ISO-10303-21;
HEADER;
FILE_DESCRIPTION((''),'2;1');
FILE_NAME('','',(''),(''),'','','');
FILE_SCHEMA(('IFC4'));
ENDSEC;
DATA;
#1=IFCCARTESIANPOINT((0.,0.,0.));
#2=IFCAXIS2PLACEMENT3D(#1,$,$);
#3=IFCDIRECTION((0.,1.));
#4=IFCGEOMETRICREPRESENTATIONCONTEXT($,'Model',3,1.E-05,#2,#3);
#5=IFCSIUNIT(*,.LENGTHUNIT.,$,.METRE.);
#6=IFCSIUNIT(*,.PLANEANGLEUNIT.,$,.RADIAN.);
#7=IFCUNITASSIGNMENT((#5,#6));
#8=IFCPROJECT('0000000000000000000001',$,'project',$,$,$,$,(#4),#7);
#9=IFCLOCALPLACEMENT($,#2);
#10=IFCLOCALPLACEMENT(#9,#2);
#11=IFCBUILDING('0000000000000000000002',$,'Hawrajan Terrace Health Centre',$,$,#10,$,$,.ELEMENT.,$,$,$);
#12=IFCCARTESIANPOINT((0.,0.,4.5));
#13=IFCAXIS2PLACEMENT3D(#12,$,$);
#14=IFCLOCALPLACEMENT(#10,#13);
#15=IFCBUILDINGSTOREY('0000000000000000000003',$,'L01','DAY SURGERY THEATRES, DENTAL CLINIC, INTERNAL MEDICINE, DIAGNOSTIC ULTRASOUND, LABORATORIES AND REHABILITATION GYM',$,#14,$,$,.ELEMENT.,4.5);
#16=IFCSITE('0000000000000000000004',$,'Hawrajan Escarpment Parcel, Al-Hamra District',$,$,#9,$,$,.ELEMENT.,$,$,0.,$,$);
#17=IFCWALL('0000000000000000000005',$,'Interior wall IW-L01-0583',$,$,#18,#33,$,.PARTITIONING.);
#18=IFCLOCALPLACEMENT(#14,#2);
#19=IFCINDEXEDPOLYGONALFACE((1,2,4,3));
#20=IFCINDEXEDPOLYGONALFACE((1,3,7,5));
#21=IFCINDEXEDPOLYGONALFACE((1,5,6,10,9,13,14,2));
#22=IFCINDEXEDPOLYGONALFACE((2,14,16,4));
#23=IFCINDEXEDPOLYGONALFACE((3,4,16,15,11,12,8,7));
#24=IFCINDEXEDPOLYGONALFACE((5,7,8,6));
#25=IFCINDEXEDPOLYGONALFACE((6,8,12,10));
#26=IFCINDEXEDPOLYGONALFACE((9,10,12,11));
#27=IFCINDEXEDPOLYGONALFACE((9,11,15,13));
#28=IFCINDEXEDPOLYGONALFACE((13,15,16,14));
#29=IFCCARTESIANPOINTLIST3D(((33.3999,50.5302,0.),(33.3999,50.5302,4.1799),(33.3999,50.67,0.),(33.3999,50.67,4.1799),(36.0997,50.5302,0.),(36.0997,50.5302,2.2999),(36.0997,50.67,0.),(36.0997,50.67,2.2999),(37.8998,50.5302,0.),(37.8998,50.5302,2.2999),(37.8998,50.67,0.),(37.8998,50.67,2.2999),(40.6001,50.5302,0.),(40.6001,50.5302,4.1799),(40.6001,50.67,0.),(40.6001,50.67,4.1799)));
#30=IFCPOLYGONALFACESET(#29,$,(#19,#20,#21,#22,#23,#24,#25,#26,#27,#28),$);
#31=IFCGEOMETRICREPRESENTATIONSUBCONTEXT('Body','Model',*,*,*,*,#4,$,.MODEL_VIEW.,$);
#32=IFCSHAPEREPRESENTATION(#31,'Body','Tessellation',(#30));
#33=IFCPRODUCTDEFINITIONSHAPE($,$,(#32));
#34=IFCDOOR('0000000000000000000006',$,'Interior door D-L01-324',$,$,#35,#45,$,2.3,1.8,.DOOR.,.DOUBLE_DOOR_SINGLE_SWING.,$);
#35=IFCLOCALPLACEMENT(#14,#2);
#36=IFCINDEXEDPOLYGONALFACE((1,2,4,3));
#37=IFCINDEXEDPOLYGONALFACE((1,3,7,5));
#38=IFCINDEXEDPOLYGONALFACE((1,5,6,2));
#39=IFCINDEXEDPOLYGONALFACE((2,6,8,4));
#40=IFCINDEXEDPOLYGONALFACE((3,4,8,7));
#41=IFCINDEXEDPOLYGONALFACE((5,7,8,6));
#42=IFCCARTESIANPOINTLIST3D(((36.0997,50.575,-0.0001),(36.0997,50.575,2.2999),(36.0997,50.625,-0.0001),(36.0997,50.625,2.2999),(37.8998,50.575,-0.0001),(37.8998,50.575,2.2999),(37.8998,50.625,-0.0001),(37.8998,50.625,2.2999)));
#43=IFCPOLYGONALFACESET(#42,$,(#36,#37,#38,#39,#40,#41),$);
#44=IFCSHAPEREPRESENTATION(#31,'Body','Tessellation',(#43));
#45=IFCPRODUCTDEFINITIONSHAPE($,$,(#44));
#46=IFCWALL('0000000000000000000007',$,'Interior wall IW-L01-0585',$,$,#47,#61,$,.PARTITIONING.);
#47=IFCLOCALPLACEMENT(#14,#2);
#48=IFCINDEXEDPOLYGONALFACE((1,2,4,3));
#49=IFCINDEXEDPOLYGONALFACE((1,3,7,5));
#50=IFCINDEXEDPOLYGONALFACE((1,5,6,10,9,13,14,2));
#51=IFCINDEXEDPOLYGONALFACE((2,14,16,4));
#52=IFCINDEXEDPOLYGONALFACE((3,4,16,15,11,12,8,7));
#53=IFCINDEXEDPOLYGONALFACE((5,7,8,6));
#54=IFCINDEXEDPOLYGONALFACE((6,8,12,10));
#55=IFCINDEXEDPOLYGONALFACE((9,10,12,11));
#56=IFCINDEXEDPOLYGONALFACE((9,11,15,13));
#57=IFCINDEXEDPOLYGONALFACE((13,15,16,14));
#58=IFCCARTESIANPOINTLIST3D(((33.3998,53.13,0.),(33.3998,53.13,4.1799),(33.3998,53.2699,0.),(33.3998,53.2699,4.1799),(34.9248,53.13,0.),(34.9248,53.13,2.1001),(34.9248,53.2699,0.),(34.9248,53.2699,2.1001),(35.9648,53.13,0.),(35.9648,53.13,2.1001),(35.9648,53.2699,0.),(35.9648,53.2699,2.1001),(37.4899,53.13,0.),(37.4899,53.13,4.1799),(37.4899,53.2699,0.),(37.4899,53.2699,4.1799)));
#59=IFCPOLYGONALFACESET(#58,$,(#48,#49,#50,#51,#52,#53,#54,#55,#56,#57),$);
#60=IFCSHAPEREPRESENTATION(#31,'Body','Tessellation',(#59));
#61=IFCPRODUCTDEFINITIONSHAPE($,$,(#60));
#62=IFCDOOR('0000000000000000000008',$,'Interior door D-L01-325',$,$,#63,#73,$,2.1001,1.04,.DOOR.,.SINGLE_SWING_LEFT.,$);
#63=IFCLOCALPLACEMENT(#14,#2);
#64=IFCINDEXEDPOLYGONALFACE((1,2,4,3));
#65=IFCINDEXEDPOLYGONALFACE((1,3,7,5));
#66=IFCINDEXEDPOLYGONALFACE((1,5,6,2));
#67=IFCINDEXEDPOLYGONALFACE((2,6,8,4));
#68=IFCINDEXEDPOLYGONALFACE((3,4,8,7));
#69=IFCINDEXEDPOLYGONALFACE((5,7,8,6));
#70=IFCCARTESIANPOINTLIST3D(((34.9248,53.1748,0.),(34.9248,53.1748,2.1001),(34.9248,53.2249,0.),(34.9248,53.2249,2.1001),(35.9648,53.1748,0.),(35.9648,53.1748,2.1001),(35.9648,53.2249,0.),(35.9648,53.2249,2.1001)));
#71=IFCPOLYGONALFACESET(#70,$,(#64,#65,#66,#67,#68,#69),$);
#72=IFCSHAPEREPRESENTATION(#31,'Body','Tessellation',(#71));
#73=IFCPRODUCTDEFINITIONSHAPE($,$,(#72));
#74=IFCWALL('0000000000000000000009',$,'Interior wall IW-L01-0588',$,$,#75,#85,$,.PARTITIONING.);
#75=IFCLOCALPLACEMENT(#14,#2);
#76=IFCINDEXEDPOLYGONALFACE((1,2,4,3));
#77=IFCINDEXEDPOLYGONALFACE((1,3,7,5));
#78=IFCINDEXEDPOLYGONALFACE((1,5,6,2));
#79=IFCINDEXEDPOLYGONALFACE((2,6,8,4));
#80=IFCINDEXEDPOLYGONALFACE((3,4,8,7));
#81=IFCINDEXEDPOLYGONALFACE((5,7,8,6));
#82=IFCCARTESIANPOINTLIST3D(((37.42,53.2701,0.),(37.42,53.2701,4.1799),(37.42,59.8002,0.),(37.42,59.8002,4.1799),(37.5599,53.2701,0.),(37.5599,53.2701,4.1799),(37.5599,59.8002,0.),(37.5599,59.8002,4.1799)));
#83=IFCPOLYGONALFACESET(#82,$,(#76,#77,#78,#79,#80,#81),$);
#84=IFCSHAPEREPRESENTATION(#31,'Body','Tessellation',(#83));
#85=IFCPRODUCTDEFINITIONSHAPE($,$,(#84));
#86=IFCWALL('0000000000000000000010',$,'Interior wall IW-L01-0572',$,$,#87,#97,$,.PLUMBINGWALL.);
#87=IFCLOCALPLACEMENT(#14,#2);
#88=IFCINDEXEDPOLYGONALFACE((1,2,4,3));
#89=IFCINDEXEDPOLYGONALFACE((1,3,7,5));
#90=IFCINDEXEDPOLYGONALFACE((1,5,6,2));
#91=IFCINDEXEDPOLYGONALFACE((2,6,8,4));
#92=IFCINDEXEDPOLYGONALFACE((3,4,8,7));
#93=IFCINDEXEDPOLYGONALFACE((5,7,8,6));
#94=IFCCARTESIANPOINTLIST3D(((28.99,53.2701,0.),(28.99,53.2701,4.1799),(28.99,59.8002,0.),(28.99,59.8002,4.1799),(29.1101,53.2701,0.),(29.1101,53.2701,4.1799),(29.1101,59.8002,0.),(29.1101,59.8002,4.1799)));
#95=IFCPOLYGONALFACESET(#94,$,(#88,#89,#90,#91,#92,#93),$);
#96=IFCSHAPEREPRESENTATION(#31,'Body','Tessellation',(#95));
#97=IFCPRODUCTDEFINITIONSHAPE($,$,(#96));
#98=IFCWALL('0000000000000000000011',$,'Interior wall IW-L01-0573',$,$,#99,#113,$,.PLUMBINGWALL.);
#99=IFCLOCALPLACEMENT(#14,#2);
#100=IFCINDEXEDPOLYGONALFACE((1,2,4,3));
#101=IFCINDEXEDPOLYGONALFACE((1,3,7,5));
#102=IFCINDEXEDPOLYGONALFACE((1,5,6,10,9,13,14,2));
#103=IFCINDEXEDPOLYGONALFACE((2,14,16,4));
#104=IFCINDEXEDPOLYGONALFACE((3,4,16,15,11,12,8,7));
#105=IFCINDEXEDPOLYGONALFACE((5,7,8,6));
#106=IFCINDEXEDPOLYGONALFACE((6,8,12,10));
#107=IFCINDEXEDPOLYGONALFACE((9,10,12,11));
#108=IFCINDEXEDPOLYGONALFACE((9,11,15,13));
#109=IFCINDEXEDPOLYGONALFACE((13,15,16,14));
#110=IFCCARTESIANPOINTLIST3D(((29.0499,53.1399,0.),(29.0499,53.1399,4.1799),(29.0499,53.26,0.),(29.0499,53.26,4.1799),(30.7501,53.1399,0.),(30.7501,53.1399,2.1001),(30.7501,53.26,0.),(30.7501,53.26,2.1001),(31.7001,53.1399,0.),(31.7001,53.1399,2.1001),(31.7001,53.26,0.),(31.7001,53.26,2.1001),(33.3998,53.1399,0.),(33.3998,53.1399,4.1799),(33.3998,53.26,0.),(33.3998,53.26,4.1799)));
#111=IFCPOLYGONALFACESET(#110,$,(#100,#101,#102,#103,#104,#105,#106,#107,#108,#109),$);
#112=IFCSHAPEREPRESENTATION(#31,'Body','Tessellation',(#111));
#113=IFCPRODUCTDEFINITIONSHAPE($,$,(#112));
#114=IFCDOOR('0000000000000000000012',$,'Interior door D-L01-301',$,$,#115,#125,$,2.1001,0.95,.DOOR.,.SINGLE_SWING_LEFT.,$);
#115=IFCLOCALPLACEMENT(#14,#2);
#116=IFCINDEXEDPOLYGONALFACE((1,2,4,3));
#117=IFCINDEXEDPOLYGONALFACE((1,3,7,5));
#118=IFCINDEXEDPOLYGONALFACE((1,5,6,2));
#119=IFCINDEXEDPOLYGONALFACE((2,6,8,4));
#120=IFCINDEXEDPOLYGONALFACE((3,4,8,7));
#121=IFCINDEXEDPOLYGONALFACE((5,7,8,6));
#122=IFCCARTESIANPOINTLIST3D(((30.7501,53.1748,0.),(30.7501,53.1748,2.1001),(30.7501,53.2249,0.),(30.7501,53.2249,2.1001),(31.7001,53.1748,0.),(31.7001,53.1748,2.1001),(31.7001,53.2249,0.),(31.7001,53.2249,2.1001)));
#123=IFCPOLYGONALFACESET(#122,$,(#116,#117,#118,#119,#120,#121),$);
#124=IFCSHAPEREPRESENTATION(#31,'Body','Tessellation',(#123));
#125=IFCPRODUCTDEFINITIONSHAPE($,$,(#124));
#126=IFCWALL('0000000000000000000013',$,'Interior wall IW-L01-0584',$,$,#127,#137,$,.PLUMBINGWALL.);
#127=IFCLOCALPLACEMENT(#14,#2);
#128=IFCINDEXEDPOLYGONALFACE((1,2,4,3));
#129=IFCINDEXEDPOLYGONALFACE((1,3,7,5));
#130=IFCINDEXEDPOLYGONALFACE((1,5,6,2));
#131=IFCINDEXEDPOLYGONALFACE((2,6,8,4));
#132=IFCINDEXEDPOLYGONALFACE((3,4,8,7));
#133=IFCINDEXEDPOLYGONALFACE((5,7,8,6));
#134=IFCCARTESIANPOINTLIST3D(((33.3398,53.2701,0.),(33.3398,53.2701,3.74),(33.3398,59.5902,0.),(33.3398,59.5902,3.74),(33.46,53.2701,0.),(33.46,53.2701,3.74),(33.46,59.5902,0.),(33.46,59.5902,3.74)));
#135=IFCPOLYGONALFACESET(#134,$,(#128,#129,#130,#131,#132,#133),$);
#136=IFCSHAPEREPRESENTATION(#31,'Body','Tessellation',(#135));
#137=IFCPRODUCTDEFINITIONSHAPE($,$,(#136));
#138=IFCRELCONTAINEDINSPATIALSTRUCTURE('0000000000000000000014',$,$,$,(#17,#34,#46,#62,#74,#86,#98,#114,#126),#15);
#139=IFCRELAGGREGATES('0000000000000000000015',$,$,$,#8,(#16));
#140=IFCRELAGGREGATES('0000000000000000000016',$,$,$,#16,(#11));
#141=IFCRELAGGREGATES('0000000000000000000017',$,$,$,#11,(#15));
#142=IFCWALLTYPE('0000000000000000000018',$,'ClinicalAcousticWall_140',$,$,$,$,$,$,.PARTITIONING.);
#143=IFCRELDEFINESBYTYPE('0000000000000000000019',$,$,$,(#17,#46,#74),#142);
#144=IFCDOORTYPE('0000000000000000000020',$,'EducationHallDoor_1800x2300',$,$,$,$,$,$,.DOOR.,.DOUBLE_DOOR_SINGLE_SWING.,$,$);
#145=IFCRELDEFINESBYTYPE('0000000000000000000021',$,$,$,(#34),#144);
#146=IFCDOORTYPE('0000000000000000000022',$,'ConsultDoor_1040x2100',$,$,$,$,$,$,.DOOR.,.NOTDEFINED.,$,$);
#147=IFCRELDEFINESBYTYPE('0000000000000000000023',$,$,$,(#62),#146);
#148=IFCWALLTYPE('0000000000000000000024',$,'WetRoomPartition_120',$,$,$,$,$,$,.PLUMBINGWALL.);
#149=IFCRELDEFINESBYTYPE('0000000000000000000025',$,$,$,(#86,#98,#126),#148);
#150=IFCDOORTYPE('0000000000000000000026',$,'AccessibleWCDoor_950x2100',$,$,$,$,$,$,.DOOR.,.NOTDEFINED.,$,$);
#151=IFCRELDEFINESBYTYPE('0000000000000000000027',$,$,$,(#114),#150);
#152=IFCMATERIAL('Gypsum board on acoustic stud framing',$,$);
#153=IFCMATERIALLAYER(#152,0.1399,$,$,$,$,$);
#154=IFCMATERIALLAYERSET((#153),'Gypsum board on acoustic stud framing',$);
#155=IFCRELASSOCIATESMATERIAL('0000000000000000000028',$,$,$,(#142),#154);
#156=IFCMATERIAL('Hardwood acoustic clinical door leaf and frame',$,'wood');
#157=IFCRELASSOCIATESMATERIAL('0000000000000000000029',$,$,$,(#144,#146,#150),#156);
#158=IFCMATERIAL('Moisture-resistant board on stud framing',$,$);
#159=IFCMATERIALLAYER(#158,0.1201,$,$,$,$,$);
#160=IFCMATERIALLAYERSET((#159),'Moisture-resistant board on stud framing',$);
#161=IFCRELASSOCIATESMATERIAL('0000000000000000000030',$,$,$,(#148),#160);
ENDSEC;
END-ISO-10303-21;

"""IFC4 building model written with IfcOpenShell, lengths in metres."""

from ifc_helpers import new_model, si_unit, direction, frame, frame_2d, origin, place, context, subcontext, project, spatial, rectangle, extrude, material, layer, layer_set, type_object, element, fill, save


model = new_model("IFC4")

# Units and contexts
model_context = context("Model", 3, precision=1e-05, world=origin(), true_north=direction((0.0, 1.0)))
body_context = subcontext(model_context, "Body", "Model", "MODEL_VIEW")
ifc_project = project(units=[si_unit("LENGTHUNIT", "METRE"), si_unit("PLANEANGLEUNIT", "RADIAN")], contexts=[model_context])

# Site, building, storey
site_placement = place(None, origin())
site = spatial("IfcSite", under=ifc_project, at=site_placement, Name="Hawrajan Escarpment Parcel, Al-Hamra District", CompositionType="ELEMENT", RefElevation=0.0)
building_placement = place(site_placement, origin())
building = spatial("IfcBuilding", under=site, at=building_placement, Name="Hawrajan Terrace Health Centre", CompositionType="ELEMENT")
storey_placement = place(building_placement, frame((0.0, 0.0, 4.5)))
storey = spatial("IfcBuildingStorey", under=building, at=storey_placement, Name="L01", Description="DAY SURGERY THEATRES, DENTAL CLINIC, INTERNAL MEDICINE, DIAGNOSTIC ULTRASOUND, LABORATORIES AND REHABILITATION GYM", CompositionType="ELEMENT", Elevation=4.5)

# Shared definitions
ifc_material_1 = material(Name="Gypsum board on acoustic stud framing")
ifc_layer_1 = layer(ifc_material_1, 0.1399)
ifc_layer_set_1 = layer_set([ifc_layer_1], Name="Gypsum board on acoustic stud framing")
wall_type_1 = type_object("IfcWallType", Name="ClinicalAcousticWall_140", PredefinedType="PARTITIONING", material=ifc_layer_set_1)
ifc_material_2 = material(Name="Hardwood acoustic clinical door leaf and frame", Category="wood")

# Walls, openings, doors
wall_1_placement = place(storey_placement, frame((33.3999, 50.6001, 0.0), z_axis=(0.0, 0.0, 1.0), x_axis=(1.0, 0.0, 0.0)))
wall_1 = element("IfcWall", 1, at=wall_1_placement, inside=storey, type_object=wall_type_1, Name="Interior wall IW-L01-0583", PredefinedType="PARTITIONING", context=body_context, shape_type="SweptSolid", body=[
    extrude(rectangle(XDim=7.2002, YDim=0.1399, at=frame_2d((3.6001, 0.0))), origin(), (0.0, 0.0, 1.0), 4.1799),
])
opening_1_placement = place(wall_1_placement, frame((2.7, 0.0, 0.0)))
opening_1 = element("IfcOpeningElement", 2, at=opening_1_placement, cuts=wall_1, PredefinedType="OPENING", context=body_context, shape_type="SweptSolid", body=[
    extrude(rectangle(XDim=1.8, YDim=2.3, at=frame_2d((0.8999, 1.1499))), frame((0.0, 0.0798, 0.0), z_axis=(0.0, -1.0, 0.0), x_axis=(1.0, 0.0, 0.0)), (0.0, 0.0, 1.0), 0.1599),
])
door_type_1 = type_object("IfcDoorType", Name="EducationHallDoor_1800x2300", OperationType="DOUBLE_DOOR_SINGLE_SWING", PredefinedType="DOOR", material=ifc_material_2)
door_1_placement = place(opening_1_placement, origin())
door_1 = element("IfcDoor", 3, at=door_1_placement, inside=storey, type_object=door_type_1, Name="Interior door D-L01-324", OperationType="DOUBLE_DOOR_SINGLE_SWING", OverallHeight=2.3, OverallWidth=1.8, PredefinedType="DOOR", context=body_context, shape_type="SweptSolid", body=[
    extrude(rectangle(XDim=1.8, YDim=2.3, at=frame_2d((0.8999, 1.1499))), frame((0.0, 0.0249, 0.0), z_axis=(0.0, -1.0, 0.0), x_axis=(1.0, 0.0, 0.0)), (0.0, 0.0, 1.0), 0.05),
])
fill(opening_1, door_1)
wall_2_placement = place(storey_placement, frame((33.3999, 53.2, 0.0), z_axis=(0.0, 0.0, 1.0), x_axis=(1.0, 0.0, 0.0)))
wall_2 = element("IfcWall", 4, at=wall_2_placement, inside=storey, type_object=wall_type_1, Name="Interior wall IW-L01-0585", PredefinedType="PARTITIONING", context=body_context, shape_type="SweptSolid", body=[
    extrude(rectangle(XDim=4.0901, YDim=0.1399, at=frame_2d((2.0449, 0.0))), origin(), (0.0, 0.0, 1.0), 4.1799),
])
opening_2_placement = place(wall_2_placement, frame((1.5249, 0.0, 0.0)))
opening_2 = element("IfcOpeningElement", 5, at=opening_2_placement, cuts=wall_2, PredefinedType="OPENING", context=body_context, shape_type="SweptSolid", body=[
    extrude(rectangle(XDim=1.04, YDim=2.1001, at=frame_2d((0.52, 1.05))), frame((0.0, 0.0798, 0.0), z_axis=(0.0, -1.0, 0.0), x_axis=(1.0, 0.0, 0.0)), (0.0, 0.0, 1.0), 0.1599),
])
door_type_2 = type_object("IfcDoorType", Name="ConsultDoor_1040x2100", OperationType="NOTDEFINED", PredefinedType="DOOR", material=ifc_material_2)
door_2_placement = place(opening_2_placement, origin())
door_2 = element("IfcDoor", 6, at=door_2_placement, inside=storey, type_object=door_type_2, Name="Interior door D-L01-325", OperationType="SINGLE_SWING_LEFT", OverallHeight=2.1001, OverallWidth=1.04, PredefinedType="DOOR", context=body_context, shape_type="SweptSolid", body=[
    extrude(rectangle(XDim=1.04, YDim=2.1001, at=frame_2d((0.52, 1.05))), frame((0.0, 0.0249, 0.0), z_axis=(0.0, -1.0, 0.0), x_axis=(1.0, 0.0, 0.0)), (0.0, 0.0, 1.0), 0.05),
])
fill(opening_2, door_2)

# Wall
wall_3_placement = place(storey_placement, frame((37.49, 53.27, 0.0), z_axis=(0.0, 0.0, 1.0), x_axis=(0.0, 1.0, 0.0)))
element("IfcWall", 7, at=wall_3_placement, inside=storey, type_object=wall_type_1, Name="Interior wall IW-L01-0588", PredefinedType="PARTITIONING", context=body_context, shape_type="SweptSolid", body=[
    extrude(rectangle(XDim=6.53, YDim=0.1399, at=frame_2d((3.2651, 0.0))), origin(), (0.0, 0.0, 1.0), 4.1799),
])

# Wall
ifc_material_3 = material(Name="Moisture-resistant board on stud framing")
ifc_layer_2 = layer(ifc_material_3, 0.1201)
ifc_layer_set_2 = layer_set([ifc_layer_2], Name="Moisture-resistant board on stud framing")
wall_type_2 = type_object("IfcWallType", Name="WetRoomPartition_120", PredefinedType="PLUMBINGWALL", material=ifc_layer_set_2)
wall_4_placement = place(storey_placement, frame((29.05, 53.27, 0.0), z_axis=(0.0, 0.0, 1.0), x_axis=(0.0, 1.0, 0.0)))
element("IfcWall", 8, at=wall_4_placement, inside=storey, type_object=wall_type_2, Name="Interior wall IW-L01-0572", PredefinedType="PLUMBINGWALL", context=body_context, shape_type="SweptSolid", body=[
    extrude(rectangle(XDim=6.53, YDim=0.1201, at=frame_2d((3.2651, 0.0))), origin(), (0.0, 0.0, 1.0), 4.1799),
])

# Wall, opening, door
wall_5_placement = place(storey_placement, frame((29.05, 53.2, 0.0), z_axis=(0.0, 0.0, 1.0), x_axis=(1.0, 0.0, 0.0)))
wall_5 = element("IfcWall", 9, at=wall_5_placement, inside=storey, type_object=wall_type_2, Name="Interior wall IW-L01-0573", PredefinedType="PLUMBINGWALL", context=body_context, shape_type="SweptSolid", body=[
    extrude(rectangle(XDim=4.3499, YDim=0.1201, at=frame_2d((2.1748, 0.0))), origin(), (0.0, 0.0, 1.0), 4.1799),
])
opening_3_placement = place(wall_5_placement, frame((1.7, 0.0, 0.0)))
opening_3 = element("IfcOpeningElement", 10, at=opening_3_placement, cuts=wall_5, PredefinedType="OPENING", context=body_context, shape_type="SweptSolid", body=[
    extrude(rectangle(XDim=0.95, YDim=2.1001, at=frame_2d((0.4751, 1.05))), frame((0.0, 0.0701, 0.0), z_axis=(0.0, -1.0, 0.0), x_axis=(1.0, 0.0, 0.0)), (0.0, 0.0, 1.0), 0.1401),
])
door_type_3 = type_object("IfcDoorType", Name="AccessibleWCDoor_950x2100", OperationType="NOTDEFINED", PredefinedType="DOOR", material=ifc_material_2)
door_3_placement = place(opening_3_placement, origin())
door_3 = element("IfcDoor", 11, at=door_3_placement, inside=storey, type_object=door_type_3, Name="Interior door D-L01-301", OperationType="SINGLE_SWING_LEFT", OverallHeight=2.1001, OverallWidth=0.95, PredefinedType="DOOR", context=body_context, shape_type="SweptSolid", body=[
    extrude(rectangle(XDim=0.95, YDim=2.1001, at=frame_2d((0.4751, 1.05))), frame((0.0, 0.0249, 0.0), z_axis=(0.0, -1.0, 0.0), x_axis=(1.0, 0.0, 0.0)), (0.0, 0.0, 1.0), 0.05),
])
fill(opening_3, door_3)

# Wall
wall_6_placement = place(storey_placement, frame((33.3999, 53.27, 0.0), z_axis=(0.0, 0.0, 1.0), x_axis=(0.0, 1.0, 0.0)))
element("IfcWall", 12, at=wall_6_placement, inside=storey, type_object=wall_type_2, Name="Interior wall IW-L01-0584", PredefinedType="PLUMBINGWALL", context=body_context, shape_type="SweptSolid", body=[
    extrude(rectangle(XDim=6.3201, YDim=0.1201, at=frame_2d((3.1602, 0.0))), origin(), (0.0, 0.0, 1.0), 3.74),
])

save(model, "model.ifc")
